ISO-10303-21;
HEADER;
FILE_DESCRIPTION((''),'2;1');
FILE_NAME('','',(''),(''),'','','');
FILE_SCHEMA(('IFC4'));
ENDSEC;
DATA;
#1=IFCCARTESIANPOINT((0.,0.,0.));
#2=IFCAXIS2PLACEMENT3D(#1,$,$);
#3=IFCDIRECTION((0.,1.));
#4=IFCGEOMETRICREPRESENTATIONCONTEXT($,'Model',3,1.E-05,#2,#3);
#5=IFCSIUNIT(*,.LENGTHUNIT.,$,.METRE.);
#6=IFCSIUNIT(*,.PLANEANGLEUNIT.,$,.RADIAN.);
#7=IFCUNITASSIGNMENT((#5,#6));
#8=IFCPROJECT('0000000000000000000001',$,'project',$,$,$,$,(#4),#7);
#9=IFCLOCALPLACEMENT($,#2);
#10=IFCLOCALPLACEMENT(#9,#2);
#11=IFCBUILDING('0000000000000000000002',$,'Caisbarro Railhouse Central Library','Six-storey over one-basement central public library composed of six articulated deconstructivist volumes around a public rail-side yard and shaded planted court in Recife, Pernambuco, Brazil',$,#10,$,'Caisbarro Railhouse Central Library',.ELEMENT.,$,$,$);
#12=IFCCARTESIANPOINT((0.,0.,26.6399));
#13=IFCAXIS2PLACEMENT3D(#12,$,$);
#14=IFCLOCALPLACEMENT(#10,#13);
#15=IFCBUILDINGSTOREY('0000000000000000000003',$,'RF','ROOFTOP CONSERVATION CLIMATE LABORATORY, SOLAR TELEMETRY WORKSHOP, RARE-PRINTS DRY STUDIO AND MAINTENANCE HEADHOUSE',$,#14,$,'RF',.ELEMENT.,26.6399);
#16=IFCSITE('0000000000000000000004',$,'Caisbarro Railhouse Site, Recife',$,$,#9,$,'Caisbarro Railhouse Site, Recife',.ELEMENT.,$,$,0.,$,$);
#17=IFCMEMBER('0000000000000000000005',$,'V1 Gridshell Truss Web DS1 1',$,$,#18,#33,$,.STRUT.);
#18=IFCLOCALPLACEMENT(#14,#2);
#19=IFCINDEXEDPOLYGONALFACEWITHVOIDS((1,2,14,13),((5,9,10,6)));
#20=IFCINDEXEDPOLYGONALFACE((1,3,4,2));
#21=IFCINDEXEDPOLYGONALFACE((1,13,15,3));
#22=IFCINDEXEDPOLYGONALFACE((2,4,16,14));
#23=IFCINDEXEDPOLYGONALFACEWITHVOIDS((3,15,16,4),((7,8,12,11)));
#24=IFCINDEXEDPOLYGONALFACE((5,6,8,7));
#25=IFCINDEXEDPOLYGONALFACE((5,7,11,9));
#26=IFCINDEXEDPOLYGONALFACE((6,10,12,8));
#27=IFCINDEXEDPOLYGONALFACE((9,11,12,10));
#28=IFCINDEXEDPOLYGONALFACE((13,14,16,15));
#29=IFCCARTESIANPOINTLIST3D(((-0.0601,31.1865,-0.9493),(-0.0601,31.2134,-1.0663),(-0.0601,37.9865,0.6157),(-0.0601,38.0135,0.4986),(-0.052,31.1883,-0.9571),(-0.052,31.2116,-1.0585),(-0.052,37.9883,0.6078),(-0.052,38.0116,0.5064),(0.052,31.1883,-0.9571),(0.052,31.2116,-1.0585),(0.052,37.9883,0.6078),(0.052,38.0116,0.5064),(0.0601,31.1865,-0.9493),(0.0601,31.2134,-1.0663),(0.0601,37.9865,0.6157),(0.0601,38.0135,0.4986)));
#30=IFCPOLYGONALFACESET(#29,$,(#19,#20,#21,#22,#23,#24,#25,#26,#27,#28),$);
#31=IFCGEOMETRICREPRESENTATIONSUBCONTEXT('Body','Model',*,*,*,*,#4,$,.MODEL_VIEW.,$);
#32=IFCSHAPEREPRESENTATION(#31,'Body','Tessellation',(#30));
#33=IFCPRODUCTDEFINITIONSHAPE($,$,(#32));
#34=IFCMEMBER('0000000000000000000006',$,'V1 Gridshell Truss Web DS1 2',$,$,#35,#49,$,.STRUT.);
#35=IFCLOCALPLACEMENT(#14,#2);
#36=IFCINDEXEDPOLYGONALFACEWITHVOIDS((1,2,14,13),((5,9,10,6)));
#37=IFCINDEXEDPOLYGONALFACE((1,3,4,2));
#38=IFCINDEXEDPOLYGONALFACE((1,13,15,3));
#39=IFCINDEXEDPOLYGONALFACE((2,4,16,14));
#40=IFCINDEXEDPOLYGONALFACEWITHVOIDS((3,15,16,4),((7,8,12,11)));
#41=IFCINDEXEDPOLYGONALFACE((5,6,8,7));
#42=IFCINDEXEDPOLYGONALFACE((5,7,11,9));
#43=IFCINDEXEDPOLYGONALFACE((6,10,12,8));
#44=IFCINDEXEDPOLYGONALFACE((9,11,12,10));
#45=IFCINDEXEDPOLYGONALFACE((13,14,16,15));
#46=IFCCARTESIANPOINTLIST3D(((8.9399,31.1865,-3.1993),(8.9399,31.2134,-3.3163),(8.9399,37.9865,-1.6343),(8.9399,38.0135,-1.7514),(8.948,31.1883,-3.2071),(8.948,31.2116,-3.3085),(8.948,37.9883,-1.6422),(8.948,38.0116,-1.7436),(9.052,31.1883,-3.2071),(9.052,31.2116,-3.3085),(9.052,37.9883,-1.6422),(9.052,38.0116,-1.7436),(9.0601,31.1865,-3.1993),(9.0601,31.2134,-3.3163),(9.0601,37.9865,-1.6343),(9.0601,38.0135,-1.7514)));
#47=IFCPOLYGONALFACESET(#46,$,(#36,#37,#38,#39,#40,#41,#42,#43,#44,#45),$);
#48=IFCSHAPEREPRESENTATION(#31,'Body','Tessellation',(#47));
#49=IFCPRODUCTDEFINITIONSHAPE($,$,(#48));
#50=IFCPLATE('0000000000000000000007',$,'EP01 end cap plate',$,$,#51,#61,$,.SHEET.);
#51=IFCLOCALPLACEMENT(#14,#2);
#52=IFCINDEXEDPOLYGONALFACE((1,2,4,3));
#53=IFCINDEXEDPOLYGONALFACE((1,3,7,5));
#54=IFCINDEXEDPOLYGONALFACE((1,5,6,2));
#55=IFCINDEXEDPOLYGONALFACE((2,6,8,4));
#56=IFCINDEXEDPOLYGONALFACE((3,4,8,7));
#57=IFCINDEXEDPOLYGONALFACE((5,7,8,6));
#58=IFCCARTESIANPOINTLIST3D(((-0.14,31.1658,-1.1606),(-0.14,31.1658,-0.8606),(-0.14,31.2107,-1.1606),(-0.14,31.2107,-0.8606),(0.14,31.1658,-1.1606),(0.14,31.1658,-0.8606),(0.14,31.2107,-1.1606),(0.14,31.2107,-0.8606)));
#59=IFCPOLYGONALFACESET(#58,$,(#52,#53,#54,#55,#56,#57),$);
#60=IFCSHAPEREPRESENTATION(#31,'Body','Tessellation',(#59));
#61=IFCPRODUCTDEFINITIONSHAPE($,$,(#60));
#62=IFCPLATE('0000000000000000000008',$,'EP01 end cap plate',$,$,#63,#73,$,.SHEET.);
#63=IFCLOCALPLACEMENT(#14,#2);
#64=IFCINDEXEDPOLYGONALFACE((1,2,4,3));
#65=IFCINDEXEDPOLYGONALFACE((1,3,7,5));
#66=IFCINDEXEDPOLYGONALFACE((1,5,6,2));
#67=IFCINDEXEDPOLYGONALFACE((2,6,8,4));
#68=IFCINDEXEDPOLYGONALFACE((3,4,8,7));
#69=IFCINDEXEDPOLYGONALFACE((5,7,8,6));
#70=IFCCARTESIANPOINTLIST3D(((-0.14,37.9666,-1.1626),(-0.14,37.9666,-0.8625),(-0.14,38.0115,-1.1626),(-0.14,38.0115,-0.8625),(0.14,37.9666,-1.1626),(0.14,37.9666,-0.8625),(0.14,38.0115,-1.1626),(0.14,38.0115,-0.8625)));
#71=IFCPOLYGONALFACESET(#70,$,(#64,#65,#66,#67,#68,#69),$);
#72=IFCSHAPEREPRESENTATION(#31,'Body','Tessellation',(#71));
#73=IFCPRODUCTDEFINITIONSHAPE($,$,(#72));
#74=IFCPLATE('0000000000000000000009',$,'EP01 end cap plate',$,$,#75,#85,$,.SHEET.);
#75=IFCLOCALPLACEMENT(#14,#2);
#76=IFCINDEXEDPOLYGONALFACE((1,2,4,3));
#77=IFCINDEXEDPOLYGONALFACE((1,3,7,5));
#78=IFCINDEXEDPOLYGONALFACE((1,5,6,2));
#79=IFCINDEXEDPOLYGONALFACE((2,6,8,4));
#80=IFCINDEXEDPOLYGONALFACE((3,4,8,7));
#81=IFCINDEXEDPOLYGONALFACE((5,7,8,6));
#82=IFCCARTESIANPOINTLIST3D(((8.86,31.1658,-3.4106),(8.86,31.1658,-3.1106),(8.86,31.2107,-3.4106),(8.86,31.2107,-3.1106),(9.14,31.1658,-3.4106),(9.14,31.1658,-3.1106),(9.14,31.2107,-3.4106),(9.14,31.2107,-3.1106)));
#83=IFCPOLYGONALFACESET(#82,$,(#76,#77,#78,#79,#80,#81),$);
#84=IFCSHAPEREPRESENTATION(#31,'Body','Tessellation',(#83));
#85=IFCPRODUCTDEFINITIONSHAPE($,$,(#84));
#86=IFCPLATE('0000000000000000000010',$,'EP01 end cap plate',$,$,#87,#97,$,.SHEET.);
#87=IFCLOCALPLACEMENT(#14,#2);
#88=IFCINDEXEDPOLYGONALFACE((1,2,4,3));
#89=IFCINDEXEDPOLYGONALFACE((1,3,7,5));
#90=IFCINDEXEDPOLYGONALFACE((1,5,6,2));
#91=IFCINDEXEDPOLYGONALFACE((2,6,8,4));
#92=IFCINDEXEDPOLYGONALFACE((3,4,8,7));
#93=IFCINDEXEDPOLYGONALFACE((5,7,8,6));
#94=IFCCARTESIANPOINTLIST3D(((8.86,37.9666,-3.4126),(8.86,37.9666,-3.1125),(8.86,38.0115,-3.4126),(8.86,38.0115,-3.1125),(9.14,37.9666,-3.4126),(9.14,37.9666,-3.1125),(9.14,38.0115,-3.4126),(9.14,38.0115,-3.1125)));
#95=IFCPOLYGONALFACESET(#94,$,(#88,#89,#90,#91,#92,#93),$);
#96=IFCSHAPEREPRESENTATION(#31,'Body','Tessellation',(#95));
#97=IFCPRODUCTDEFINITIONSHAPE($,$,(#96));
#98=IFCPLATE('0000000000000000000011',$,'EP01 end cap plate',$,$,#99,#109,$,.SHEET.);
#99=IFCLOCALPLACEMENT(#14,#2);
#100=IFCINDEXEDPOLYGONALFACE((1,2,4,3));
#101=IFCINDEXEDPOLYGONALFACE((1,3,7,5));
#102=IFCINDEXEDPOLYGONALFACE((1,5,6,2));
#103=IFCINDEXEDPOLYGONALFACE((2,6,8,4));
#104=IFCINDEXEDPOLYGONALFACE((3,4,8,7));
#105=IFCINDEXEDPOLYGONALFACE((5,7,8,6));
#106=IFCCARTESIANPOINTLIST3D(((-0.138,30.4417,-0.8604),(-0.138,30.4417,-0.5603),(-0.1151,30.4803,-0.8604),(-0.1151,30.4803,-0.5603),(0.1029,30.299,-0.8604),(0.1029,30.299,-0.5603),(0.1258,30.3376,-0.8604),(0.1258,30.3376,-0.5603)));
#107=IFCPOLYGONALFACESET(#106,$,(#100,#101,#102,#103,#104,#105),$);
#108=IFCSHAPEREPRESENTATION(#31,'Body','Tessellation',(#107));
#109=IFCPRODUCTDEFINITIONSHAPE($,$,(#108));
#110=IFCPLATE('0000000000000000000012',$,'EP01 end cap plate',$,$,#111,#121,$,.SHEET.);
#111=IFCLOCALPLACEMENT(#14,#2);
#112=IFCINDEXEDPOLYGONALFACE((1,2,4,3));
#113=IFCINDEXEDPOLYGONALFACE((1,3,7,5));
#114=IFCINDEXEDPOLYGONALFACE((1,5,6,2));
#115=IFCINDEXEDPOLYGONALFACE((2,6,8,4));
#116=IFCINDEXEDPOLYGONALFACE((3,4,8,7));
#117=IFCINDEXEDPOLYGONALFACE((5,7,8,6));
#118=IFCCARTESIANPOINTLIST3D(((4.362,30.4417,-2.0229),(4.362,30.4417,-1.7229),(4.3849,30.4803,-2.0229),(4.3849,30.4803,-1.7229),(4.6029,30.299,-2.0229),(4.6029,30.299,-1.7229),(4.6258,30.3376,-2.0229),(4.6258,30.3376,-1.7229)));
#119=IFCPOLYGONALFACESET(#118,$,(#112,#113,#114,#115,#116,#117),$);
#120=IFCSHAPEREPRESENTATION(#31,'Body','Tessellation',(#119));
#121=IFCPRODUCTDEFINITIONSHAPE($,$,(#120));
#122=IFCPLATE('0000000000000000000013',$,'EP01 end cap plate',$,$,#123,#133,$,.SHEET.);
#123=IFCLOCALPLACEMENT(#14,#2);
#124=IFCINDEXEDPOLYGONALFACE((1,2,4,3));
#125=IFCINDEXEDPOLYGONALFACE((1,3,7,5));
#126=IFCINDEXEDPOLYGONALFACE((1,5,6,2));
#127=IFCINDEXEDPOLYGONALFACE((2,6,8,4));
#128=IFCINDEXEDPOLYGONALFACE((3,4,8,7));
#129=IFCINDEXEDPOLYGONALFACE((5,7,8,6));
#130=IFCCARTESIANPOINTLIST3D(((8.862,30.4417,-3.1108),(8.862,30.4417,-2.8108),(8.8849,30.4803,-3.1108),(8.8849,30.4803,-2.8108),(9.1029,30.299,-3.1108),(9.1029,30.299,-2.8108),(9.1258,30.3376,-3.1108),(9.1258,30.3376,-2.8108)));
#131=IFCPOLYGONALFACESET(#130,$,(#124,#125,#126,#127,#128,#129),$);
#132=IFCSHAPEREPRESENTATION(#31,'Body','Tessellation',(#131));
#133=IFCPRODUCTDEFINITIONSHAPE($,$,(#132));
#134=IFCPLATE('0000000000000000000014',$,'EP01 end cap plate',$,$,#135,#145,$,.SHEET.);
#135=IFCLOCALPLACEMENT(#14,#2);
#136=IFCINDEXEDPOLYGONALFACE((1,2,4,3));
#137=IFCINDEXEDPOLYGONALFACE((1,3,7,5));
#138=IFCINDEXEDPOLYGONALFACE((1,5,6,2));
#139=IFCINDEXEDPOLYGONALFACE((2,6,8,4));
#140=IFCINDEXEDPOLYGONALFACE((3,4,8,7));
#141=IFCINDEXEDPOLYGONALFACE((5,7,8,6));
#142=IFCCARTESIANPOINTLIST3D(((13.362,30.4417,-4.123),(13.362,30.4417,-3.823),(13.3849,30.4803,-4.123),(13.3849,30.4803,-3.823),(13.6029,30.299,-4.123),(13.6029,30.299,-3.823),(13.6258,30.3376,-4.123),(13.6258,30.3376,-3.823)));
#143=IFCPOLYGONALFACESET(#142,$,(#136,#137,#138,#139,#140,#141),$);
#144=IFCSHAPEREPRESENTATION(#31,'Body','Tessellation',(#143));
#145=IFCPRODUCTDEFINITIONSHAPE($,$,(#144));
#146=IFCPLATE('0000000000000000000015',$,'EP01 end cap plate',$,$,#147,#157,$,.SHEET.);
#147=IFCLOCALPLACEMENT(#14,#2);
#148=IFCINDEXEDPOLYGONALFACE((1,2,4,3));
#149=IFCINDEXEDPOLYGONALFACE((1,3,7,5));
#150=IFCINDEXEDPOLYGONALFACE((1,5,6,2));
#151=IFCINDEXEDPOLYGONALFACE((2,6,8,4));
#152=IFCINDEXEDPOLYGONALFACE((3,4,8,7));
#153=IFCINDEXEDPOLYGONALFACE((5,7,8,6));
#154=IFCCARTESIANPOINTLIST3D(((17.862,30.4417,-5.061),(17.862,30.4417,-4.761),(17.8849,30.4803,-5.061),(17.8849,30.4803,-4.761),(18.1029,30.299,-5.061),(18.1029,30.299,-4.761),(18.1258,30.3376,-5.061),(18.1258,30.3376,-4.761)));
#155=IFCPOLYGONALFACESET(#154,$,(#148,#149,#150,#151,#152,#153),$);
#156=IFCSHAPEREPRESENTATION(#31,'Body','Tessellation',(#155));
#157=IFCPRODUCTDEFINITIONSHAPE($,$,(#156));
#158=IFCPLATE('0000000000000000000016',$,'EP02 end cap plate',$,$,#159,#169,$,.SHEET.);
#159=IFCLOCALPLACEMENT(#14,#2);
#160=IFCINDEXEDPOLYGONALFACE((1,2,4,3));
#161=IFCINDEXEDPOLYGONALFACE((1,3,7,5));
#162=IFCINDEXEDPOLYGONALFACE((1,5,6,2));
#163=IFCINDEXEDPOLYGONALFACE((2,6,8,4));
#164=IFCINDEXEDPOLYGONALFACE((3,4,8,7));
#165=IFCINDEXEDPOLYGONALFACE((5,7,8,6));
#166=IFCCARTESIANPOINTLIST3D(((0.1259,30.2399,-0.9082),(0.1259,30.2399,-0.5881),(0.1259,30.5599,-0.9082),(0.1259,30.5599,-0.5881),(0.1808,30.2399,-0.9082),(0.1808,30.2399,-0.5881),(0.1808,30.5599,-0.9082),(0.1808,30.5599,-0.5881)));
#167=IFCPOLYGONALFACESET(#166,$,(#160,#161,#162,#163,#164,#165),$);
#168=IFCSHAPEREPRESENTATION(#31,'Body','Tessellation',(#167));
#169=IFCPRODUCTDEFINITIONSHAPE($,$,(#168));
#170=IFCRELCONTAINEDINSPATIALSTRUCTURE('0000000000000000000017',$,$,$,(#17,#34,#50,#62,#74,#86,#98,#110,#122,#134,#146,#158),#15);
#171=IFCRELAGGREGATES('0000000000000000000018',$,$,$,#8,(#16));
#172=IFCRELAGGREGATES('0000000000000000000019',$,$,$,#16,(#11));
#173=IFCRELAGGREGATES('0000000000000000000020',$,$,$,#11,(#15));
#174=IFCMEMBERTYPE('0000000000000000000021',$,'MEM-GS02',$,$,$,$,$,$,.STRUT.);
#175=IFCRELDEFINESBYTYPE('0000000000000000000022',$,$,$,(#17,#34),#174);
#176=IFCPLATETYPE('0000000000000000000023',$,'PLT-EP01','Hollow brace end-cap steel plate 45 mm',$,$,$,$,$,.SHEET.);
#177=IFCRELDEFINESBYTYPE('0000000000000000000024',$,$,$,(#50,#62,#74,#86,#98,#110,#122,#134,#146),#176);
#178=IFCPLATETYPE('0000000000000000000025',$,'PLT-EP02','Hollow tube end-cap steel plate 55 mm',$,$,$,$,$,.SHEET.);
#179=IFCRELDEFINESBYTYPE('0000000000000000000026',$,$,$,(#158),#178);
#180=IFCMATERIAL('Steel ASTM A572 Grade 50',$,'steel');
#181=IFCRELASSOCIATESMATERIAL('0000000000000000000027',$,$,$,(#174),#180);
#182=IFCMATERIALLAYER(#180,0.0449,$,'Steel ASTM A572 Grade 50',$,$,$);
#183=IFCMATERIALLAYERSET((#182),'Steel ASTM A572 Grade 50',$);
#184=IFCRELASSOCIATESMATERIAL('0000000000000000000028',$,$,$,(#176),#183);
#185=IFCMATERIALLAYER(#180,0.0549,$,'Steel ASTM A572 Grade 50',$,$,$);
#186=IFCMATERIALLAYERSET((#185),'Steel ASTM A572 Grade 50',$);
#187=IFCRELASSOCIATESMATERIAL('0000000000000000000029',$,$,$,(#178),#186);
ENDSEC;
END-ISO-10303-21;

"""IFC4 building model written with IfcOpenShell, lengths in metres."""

from ifc_helpers import new_model, si_unit, direction, frame, origin, origin_2d, place, context, subcontext, project, spatial, rectangle, hollow_rectangle, extrude, material, layer, layer_set, material_profile, profile_set, type_object, element, save


model = new_model("IFC4")

# Units and contexts
model_context = context("Model", 3, precision=1e-05, world=origin(), true_north=direction((0.0, 1.0)))
body_context = subcontext(model_context, "Body", "Model", "MODEL_VIEW")
ifc_project = project(units=[si_unit("LENGTHUNIT", "METRE"), si_unit("PLANEANGLEUNIT", "RADIAN")], contexts=[model_context])

# Site, building, storey
site_placement = place(None, origin())
site = spatial("IfcSite", under=ifc_project, at=site_placement, Name="Caisbarro Railhouse Site, Recife", LongName="Caisbarro Railhouse Site, Recife", CompositionType="ELEMENT", RefElevation=0.0)
building_placement = place(site_placement, origin())
building = spatial("IfcBuilding", under=site, at=building_placement, Name="Caisbarro Railhouse Central Library", Description="Six-storey over one-basement central public library composed of six articulated deconstructivist volumes around a public rail-side yard and shaded planted court in Recife, Pernambuco, Brazil", LongName="Caisbarro Railhouse Central Library", CompositionType="ELEMENT")
storey_placement = place(building_placement, frame((0.0, 0.0, 26.6399)))
storey = spatial("IfcBuildingStorey", under=building, at=storey_placement, Name="RF", Description="ROOFTOP CONSERVATION CLIMATE LABORATORY, SOLAR TELEMETRY WORKSHOP, RARE-PRINTS DRY STUDIO AND MAINTENANCE HEADHOUSE", LongName="RF", CompositionType="ELEMENT", Elevation=26.6399)

# Shared definitions
ifc_material = material(Name="Steel ASTM A572 Grade 50", Category="steel")

# Members
ifc_material_profile_1 = material_profile(ifc_material, hollow_rectangle(XDim=0.1201, YDim=0.1201, WallThickness=0.0081, at=origin_2d()), Name="HSS120X120X8")
ifc_profile_set_1 = profile_set([ifc_material_profile_1], Name="Steel ASTM A572 Grade 50")
member_type_1 = type_object("IfcMemberType", Name="MEM-GS02", PredefinedType="STRUT", material=ifc_profile_set_1)
for number, where, z_axis, x_axis, name in (
    (1, (0.0, 31.2, -1.0078), (0.0, 0.974526, 0.224274), (-1.0, 0.0, 0.0), "V1 Gridshell Truss Web DS1 1"),
    (2, (9.0, 31.2, -3.2578), (0.0, 0.974526, 0.224274), (-1.0, 0.0, 0.0), "V1 Gridshell Truss Web DS1 2"),
):
    element("IfcMember", number, at=place(storey_placement, frame(where, z_axis=z_axis, x_axis=x_axis)), inside=storey, type_object=member_type_1, Name=name, PredefinedType="STRUT", context=body_context, shape_type="SweptSolid", body=[
        extrude(hollow_rectangle(XDim=0.1201, YDim=0.1201, WallThickness=0.0081, at=origin_2d()), origin(), (0.0, 0.0, 1.0), 6.9778),
    ])

# Plates
ifc_layer_1 = layer(ifc_material, 0.0449, Name="Steel ASTM A572 Grade 50")
ifc_layer_set_1 = layer_set([ifc_layer_1], Name="Steel ASTM A572 Grade 50")
plate_type_1 = type_object("IfcPlateType", Name="PLT-EP01", Description="Hollow brace end-cap steel plate 45 mm", PredefinedType="SHEET", material=ifc_layer_set_1)
for number, where, z_axis, x_axis, name in (
    (3, (0.0, 31.1882, -1.1606), (0.0, 0.0, 1.0), (0.0, 1.0, 0.0), "EP01 end cap plate"),
    (4, (0.0, 37.989, -1.1626), (0.0, 0.0, 1.0), (0.0, 1.0, 0.0), "EP01 end cap plate"),
    (5, (9.0, 31.1882, -3.4106), (0.0, 0.0, 1.0), (0.0, 1.0, 0.0), "EP01 end cap plate"),
    (6, (9.0, 37.989, -3.4126), (0.0, 0.0, 1.0), (0.0, 1.0, 0.0), "EP01 end cap plate"),
    (7, (-0.0061, 30.3896, -0.8604), (0.0, 0.0, 1.0), (0.509492, 0.860475, 0.0), "EP01 end cap plate"),
    (8, (4.4939, 30.3896, -2.0229), (0.0, 0.0, 1.0), (0.509492, 0.860475, 0.0), "EP01 end cap plate"),
    (9, (8.9939, 30.3896, -3.1108), (0.0, 0.0, 1.0), (0.509492, 0.860475, 0.0), "EP01 end cap plate"),
    (10, (13.4939, 30.3896, -4.123), (0.0, 0.0, 1.0), (0.509492, 0.860475, 0.0), "EP01 end cap plate"),
    (11, (17.9939, 30.3896, -5.061), (0.0, 0.0, 1.0), (0.509492, 0.860475, 0.0), "EP01 end cap plate"),
):
    element("IfcPlate", number, at=place(storey_placement, frame(where, z_axis=z_axis, x_axis=x_axis)), inside=storey, type_object=plate_type_1, Name=name, PredefinedType="SHEET", context=body_context, shape_type="SweptSolid", body=[
        extrude(rectangle(XDim=0.0449, YDim=0.28, at=origin_2d()), origin(), (0.0, 0.0, 1.0), 0.3),
    ])
ifc_layer_2 = layer(ifc_material, 0.0549, Name="Steel ASTM A572 Grade 50")
ifc_layer_set_2 = layer_set([ifc_layer_2], Name="Steel ASTM A572 Grade 50")
plate_type_2 = type_object("IfcPlateType", Name="PLT-EP02", Description="Hollow tube end-cap steel plate 55 mm", PredefinedType="SHEET", material=ifc_layer_set_2)
plate_placement = place(storey_placement, frame((0.1533, 30.3999, -0.9082), z_axis=(0.0, 0.0, 1.0), x_axis=(1.0, 0.0, 0.0)))
element("IfcPlate", 12, at=plate_placement, inside=storey, type_object=plate_type_2, Name="EP02 end cap plate", PredefinedType="SHEET", context=body_context, shape_type="SweptSolid", body=[
    extrude(rectangle(XDim=0.0549, YDim=0.3201, at=origin_2d()), origin(), (0.0, 0.0, 1.0), 0.3201),
])

save(model, "model.ifc")
